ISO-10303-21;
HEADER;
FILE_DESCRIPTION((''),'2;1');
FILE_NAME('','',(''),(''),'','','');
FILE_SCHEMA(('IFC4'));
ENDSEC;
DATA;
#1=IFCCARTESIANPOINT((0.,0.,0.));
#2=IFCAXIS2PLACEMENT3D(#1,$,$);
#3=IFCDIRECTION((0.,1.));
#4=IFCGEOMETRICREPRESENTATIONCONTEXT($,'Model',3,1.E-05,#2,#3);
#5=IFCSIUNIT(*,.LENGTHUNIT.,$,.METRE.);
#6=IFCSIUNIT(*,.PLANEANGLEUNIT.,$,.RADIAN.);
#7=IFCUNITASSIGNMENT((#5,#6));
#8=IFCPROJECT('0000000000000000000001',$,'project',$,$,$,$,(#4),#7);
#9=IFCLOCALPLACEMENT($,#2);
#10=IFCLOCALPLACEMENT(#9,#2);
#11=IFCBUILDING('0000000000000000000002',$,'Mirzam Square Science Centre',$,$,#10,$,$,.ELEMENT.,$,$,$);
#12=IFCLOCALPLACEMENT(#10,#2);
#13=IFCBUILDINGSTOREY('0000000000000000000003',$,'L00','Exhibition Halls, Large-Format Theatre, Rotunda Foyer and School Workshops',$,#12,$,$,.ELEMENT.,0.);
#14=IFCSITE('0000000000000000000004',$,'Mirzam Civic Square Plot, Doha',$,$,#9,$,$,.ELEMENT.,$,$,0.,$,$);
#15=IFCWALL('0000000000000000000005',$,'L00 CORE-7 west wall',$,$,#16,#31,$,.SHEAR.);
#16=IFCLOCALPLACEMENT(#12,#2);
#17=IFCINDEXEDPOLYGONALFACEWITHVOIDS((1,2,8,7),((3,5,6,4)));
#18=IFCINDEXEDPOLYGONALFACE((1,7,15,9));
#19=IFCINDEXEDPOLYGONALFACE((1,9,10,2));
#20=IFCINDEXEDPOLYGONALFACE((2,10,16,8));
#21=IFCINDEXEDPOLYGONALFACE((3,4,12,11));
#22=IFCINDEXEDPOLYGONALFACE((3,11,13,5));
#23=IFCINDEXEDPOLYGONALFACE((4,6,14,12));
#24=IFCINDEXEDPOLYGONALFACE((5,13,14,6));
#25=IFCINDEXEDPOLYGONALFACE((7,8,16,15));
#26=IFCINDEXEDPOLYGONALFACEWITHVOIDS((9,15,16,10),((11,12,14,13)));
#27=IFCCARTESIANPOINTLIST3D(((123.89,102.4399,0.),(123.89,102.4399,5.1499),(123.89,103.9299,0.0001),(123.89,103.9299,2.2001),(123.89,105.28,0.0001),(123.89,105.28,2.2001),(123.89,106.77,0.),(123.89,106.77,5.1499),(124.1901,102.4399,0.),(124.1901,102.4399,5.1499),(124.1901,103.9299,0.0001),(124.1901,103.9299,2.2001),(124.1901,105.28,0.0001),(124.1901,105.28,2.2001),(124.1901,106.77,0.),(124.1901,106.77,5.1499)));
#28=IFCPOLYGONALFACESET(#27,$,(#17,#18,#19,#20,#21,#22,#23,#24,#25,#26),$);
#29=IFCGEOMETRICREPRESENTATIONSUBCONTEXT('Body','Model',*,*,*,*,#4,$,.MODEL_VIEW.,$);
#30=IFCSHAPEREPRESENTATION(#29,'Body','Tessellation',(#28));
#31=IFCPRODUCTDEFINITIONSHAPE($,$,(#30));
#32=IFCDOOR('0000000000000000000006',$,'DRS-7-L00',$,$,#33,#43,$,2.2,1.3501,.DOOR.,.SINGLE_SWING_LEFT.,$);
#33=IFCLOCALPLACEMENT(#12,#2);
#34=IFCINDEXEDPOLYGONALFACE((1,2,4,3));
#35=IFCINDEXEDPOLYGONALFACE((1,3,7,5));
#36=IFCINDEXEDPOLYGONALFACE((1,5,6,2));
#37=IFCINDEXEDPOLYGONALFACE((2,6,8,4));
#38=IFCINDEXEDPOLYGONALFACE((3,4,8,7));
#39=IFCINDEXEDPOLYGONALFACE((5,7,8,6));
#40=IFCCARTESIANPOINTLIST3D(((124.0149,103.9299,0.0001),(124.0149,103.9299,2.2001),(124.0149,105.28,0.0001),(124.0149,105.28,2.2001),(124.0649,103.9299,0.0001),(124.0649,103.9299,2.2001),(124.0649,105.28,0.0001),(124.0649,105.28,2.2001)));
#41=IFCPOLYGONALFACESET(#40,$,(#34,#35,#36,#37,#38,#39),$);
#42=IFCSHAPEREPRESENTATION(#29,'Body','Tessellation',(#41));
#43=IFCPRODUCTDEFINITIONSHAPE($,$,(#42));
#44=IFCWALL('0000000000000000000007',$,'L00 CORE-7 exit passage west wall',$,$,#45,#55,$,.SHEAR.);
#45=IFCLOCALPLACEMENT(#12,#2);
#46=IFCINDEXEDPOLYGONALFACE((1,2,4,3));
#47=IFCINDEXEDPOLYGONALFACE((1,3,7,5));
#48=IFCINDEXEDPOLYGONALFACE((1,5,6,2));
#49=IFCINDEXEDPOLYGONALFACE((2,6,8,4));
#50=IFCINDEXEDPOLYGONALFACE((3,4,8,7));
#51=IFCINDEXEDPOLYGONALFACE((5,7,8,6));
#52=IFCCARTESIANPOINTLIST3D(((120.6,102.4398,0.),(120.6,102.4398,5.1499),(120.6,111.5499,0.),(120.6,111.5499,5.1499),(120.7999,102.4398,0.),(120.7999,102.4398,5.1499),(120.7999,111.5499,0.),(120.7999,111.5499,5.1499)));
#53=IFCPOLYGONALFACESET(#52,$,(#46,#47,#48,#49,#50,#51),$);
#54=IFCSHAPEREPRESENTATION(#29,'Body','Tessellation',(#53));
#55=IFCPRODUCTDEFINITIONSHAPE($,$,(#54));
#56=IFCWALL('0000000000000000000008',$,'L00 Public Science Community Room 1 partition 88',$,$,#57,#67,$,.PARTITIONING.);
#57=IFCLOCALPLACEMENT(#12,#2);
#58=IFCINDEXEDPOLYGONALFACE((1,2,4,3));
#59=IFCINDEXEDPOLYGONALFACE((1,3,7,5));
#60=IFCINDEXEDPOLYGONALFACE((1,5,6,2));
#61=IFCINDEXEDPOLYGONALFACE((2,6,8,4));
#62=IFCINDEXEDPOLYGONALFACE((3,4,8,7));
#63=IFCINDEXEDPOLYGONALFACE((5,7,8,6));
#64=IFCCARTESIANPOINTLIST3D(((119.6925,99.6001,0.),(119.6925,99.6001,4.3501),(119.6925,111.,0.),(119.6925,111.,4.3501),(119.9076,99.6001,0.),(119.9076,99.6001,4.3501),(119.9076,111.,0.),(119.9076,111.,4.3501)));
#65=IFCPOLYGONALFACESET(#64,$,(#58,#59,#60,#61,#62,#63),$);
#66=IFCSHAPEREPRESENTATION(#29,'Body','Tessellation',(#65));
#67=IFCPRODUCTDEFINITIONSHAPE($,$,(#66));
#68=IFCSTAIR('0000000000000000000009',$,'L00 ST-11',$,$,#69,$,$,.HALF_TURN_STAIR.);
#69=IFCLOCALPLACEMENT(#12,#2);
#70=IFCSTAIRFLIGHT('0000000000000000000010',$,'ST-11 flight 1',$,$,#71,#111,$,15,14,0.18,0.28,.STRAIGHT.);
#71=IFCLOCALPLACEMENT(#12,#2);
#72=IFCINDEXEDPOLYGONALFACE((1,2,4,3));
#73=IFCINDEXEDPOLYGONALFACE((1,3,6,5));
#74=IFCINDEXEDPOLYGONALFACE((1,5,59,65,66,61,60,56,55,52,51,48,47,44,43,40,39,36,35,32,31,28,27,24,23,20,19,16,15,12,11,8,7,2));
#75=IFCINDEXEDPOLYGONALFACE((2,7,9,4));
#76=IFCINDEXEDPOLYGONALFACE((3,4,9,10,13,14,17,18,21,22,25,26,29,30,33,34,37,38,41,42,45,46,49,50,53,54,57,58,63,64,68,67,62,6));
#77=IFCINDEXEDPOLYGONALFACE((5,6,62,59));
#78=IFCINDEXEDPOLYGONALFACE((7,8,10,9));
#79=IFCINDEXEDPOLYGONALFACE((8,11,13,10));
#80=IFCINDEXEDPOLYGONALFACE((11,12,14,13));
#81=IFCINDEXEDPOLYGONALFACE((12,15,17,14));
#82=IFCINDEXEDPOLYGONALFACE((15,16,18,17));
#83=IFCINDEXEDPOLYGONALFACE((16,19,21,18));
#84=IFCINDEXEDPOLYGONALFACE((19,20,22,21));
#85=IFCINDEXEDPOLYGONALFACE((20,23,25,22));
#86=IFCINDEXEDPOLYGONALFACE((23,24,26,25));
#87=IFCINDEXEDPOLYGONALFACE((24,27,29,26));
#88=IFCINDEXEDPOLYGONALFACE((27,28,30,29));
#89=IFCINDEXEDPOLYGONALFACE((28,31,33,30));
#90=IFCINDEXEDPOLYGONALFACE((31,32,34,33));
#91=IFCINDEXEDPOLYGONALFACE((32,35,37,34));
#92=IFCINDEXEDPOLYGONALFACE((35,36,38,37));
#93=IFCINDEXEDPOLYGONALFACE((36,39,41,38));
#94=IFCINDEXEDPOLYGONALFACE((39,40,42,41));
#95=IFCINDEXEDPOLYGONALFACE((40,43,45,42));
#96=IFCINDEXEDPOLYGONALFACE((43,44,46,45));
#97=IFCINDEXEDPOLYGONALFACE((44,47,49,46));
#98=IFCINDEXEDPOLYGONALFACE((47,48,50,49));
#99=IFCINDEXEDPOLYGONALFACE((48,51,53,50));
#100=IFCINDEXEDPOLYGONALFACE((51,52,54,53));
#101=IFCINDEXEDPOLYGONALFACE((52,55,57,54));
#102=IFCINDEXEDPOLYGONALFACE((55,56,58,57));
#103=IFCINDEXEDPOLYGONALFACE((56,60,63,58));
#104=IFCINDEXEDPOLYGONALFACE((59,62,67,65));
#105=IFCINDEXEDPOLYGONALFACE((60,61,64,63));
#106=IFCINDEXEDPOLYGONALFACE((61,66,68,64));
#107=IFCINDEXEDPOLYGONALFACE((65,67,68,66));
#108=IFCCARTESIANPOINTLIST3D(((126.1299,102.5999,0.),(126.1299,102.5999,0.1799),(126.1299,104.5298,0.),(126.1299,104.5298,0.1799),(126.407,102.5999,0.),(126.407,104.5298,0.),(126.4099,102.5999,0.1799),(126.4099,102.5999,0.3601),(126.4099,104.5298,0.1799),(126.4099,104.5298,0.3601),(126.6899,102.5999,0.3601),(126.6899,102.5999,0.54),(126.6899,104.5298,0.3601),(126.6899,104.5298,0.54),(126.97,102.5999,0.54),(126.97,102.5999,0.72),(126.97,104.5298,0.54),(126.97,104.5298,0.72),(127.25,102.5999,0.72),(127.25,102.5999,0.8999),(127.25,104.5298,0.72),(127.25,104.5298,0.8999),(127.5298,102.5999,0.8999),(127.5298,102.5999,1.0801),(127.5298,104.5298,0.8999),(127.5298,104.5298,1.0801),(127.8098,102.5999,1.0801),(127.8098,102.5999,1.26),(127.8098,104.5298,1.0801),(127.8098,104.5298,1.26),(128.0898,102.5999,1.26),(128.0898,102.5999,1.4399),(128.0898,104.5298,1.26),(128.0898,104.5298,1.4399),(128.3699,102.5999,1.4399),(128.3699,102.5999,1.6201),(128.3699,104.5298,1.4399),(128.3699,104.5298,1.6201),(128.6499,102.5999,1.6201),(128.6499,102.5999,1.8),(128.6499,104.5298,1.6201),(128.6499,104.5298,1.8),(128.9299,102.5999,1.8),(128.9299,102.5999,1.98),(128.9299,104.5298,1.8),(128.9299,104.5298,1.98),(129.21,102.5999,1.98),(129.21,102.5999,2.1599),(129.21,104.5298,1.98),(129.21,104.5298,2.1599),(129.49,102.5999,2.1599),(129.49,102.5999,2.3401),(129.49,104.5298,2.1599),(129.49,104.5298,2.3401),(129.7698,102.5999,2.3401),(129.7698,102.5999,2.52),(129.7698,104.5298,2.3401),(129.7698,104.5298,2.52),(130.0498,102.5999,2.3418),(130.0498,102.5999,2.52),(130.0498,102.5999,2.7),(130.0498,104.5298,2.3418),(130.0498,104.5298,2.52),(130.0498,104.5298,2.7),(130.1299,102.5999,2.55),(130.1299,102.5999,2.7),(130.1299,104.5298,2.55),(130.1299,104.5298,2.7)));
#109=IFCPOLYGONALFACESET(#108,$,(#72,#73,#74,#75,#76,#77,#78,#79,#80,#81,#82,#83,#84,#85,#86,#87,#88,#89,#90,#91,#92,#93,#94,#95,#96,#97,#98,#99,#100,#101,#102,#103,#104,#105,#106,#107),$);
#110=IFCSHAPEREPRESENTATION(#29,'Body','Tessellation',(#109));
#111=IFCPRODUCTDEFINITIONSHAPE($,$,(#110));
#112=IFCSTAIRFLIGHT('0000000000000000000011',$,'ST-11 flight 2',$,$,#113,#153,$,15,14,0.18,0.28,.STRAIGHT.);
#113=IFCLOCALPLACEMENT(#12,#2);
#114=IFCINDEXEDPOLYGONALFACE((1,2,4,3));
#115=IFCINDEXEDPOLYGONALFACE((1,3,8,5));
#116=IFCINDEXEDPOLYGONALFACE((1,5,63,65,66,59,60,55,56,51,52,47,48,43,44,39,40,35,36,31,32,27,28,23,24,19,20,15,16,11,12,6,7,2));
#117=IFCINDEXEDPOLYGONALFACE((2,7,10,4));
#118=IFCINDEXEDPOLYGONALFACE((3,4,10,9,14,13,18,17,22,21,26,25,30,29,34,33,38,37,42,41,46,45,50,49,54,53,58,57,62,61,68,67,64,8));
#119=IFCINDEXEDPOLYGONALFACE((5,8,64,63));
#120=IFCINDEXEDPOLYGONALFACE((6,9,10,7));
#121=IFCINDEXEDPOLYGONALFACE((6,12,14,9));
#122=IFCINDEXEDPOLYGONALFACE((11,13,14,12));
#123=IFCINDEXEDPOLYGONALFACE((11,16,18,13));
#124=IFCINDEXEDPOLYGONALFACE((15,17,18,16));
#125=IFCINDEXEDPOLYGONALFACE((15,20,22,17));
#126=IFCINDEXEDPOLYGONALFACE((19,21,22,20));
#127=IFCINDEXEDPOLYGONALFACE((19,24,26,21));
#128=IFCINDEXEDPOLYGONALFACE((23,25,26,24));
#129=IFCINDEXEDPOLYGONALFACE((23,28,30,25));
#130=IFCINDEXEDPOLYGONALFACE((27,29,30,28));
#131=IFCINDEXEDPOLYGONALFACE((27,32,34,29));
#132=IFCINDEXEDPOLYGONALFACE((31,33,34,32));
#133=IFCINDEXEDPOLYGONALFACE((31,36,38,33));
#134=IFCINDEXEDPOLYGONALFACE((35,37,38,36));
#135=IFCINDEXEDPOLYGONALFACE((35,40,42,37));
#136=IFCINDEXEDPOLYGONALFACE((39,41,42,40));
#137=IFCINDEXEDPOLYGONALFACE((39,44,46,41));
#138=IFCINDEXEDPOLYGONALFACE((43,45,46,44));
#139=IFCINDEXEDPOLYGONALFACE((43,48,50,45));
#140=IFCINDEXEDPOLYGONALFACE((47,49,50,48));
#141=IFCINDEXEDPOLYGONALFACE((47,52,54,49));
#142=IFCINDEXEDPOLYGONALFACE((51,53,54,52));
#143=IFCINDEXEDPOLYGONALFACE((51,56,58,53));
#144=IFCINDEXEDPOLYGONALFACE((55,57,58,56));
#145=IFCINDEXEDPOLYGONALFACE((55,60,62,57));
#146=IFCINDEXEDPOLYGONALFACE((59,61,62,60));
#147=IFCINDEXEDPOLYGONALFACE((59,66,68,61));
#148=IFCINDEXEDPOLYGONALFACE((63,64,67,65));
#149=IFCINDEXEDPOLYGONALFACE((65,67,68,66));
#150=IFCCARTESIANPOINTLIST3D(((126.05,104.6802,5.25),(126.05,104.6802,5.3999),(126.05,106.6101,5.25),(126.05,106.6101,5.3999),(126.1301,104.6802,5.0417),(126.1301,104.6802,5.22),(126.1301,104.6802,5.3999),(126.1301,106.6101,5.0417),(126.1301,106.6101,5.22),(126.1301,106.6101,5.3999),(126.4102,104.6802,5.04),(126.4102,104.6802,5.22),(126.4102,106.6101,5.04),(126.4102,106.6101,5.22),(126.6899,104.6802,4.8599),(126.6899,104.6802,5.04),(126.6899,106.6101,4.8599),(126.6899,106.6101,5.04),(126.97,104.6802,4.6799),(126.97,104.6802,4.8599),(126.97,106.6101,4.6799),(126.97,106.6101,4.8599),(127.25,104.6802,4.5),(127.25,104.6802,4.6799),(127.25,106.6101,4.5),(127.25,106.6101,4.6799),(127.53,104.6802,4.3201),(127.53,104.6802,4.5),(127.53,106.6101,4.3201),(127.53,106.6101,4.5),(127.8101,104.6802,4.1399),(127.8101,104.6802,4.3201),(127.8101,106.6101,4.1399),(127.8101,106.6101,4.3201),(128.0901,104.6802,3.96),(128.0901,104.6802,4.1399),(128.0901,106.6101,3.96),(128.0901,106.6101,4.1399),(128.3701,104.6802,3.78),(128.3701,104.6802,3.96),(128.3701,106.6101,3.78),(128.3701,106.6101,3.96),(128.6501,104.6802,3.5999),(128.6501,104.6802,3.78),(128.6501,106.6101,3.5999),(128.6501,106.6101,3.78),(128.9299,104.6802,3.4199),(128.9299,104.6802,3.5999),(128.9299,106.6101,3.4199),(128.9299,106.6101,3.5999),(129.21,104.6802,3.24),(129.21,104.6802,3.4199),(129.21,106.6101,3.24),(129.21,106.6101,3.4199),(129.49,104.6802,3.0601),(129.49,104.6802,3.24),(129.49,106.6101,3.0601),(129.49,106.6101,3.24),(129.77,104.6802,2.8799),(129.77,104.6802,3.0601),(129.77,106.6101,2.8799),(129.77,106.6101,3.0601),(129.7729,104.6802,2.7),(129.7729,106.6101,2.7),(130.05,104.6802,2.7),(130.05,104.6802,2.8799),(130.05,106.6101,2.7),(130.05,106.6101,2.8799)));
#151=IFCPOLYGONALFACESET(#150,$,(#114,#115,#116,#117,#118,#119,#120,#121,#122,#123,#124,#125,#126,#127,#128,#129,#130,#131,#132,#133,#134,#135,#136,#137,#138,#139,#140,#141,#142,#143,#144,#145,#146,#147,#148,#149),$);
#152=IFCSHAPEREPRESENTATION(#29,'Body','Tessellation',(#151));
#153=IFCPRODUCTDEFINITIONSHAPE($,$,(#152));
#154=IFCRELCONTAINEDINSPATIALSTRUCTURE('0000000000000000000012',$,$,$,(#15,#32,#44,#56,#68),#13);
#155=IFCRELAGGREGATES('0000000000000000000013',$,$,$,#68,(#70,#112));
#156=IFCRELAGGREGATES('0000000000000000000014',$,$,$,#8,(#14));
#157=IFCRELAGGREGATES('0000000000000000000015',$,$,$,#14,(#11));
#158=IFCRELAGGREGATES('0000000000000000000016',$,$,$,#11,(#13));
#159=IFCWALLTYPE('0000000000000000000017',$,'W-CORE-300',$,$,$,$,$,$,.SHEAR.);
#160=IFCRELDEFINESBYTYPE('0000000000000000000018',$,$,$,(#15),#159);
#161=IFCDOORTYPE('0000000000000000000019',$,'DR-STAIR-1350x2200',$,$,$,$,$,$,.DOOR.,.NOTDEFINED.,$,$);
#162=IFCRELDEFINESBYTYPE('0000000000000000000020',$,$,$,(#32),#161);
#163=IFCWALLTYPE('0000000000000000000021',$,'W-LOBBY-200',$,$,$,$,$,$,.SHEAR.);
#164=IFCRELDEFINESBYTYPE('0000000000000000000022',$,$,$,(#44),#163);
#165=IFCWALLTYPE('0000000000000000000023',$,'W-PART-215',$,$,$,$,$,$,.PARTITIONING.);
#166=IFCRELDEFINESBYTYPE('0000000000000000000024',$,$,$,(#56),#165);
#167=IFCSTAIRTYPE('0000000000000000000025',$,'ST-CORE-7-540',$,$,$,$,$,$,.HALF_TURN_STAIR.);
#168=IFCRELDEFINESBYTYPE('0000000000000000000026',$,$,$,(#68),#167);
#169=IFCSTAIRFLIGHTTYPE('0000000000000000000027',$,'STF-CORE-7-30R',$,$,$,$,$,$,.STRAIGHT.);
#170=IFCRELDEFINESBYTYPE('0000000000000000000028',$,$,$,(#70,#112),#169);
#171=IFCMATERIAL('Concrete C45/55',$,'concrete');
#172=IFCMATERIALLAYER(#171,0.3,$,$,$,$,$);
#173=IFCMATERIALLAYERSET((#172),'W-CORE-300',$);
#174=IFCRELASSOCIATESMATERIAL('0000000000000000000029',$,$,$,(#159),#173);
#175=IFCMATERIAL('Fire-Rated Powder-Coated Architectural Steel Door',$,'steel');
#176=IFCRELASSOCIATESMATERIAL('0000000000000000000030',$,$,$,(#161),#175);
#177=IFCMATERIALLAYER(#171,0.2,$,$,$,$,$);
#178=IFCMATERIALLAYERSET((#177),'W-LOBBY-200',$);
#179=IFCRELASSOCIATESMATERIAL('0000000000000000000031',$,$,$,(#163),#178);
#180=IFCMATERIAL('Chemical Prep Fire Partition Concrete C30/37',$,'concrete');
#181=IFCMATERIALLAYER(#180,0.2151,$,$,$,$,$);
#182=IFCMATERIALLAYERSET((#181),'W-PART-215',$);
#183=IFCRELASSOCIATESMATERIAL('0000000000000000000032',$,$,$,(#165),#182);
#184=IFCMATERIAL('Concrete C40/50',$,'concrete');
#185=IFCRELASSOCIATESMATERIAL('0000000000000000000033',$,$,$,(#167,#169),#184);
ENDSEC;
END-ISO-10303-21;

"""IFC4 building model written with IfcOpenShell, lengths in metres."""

from ifc_helpers import new_model, si_unit, direction, frame, frame_2d, origin, place, context, subcontext, project, spatial, polyline, rectangle, outline, extrude, material, layer, layer_set, type_object, element, fill, aggregate, save


model = new_model("IFC4")

# Units and contexts
model_context = context("Model", 3, precision=1e-05, world=origin(), true_north=direction((0.0, 1.0)))
body_context = subcontext(model_context, "Body", "Model", "MODEL_VIEW")
ifc_project = project(units=[si_unit("LENGTHUNIT", "METRE"), si_unit("PLANEANGLEUNIT", "RADIAN")], contexts=[model_context])

# Site, building, storey
site_placement = place(None, origin())
site = spatial("IfcSite", under=ifc_project, at=site_placement, Name="Mirzam Civic Square Plot, Doha", CompositionType="ELEMENT", RefElevation=0.0)
building_placement = place(site_placement, origin())
building = spatial("IfcBuilding", under=site, at=building_placement, Name="Mirzam Square Science Centre", CompositionType="ELEMENT")
storey_placement = place(building_placement, origin())
storey = spatial("IfcBuildingStorey", under=building, at=storey_placement, Name="L00", Description="Exhibition Halls, Large-Format Theatre, Rotunda Foyer and School Workshops", CompositionType="ELEMENT", Elevation=0.0)

# Wall, opening, door
ifc_material_1 = material(Name="Concrete C45/55", Category="concrete")
ifc_layer_1 = layer(ifc_material_1, 0.3)
ifc_layer_set_1 = layer_set([ifc_layer_1], Name="W-CORE-300")
wall_type_1 = type_object("IfcWallType", Name="W-CORE-300", PredefinedType="SHEAR", material=ifc_layer_set_1)
wall_1_placement = place(storey_placement, frame((124.04, 106.77, 0.0), z_axis=(0.0, 0.0, 1.0), x_axis=(0.0, -1.0, 0.0)))
wall_1 = element("IfcWall", 1, at=wall_1_placement, inside=storey, type_object=wall_type_1, Name="L00 CORE-7 west wall", PredefinedType="SHEAR", context=body_context, shape_type="SweptSolid", body=[
    extrude(rectangle(XDim=4.3301, YDim=0.3, at=frame_2d((2.165, 0.0))), origin(), (0.0, 0.0, 1.0), 5.1499),
])
opening_placement = place(wall_1_placement, frame((1.49, 0.0, 0.0)))
opening = element("IfcOpeningElement", 2, at=opening_placement, cuts=wall_1, PredefinedType="OPENING", context=body_context, shape_type="SweptSolid", body=[
    extrude(rectangle(XDim=1.3501, YDim=2.2, at=frame_2d((0.675, 1.1001))), frame((0.0, 0.1599, 0.0), z_axis=(0.0, -1.0, 0.0), x_axis=(1.0, 0.0, 0.0)), (0.0, 0.0, 1.0), 0.3201),
])
ifc_material_2 = material(Name="Fire-Rated Powder-Coated Architectural Steel Door", Category="steel")
door_type = type_object("IfcDoorType", Name="DR-STAIR-1350x2200", OperationType="NOTDEFINED", PredefinedType="DOOR", material=ifc_material_2)
door_placement = place(opening_placement, origin())
door = element("IfcDoor", 3, at=door_placement, inside=storey, type_object=door_type, Name="DRS-7-L00", OperationType="SINGLE_SWING_LEFT", OverallHeight=2.2, OverallWidth=1.3501, PredefinedType="DOOR", context=body_context, shape_type="SweptSolid", body=[
    extrude(rectangle(XDim=1.3501, YDim=2.2, at=frame_2d((0.675, 1.1001))), frame((0.0, 0.0249, 0.0), z_axis=(0.0, -1.0, 0.0), x_axis=(1.0, 0.0, 0.0)), (0.0, 0.0, 1.0), 0.05),
])
fill(opening, door)

# Walls
ifc_layer_2 = layer(ifc_material_1, 0.2)
ifc_layer_set_2 = layer_set([ifc_layer_2], Name="W-LOBBY-200")
wall_type_2 = type_object("IfcWallType", Name="W-LOBBY-200", PredefinedType="SHEAR", material=ifc_layer_set_2)
wall_2_placement = place(storey_placement, frame((120.7, 111.55, 0.0), z_axis=(0.0, 0.0, 1.0), x_axis=(0.0, -1.0, 0.0)))
element("IfcWall", 4, at=wall_2_placement, inside=storey, type_object=wall_type_2, Name="L00 CORE-7 exit passage west wall", PredefinedType="SHEAR", context=body_context, shape_type="SweptSolid", body=[
    extrude(rectangle(XDim=9.1101, YDim=0.2, at=frame_2d((4.5552, 0.0))), origin(), (0.0, 0.0, 1.0), 5.1499),
])
ifc_material_3 = material(Name="Chemical Prep Fire Partition Concrete C30/37", Category="concrete")
ifc_layer_3 = layer(ifc_material_3, 0.2151)
ifc_layer_set_3 = layer_set([ifc_layer_3], Name="W-PART-215")
wall_type_3 = type_object("IfcWallType", Name="W-PART-215", PredefinedType="PARTITIONING", material=ifc_layer_set_3)
wall_3_placement = place(storey_placement, frame((119.8, 111.0, 0.0), z_axis=(0.0, 0.0, 1.0), x_axis=(0.0, -1.0, 0.0)))
element("IfcWall", 5, at=wall_3_placement, inside=storey, type_object=wall_type_3, Name="L00 Public Science Community Room 1 partition 88", PredefinedType="PARTITIONING", context=body_context, shape_type="SweptSolid", body=[
    extrude(rectangle(XDim=11.3999, YDim=0.2151, at=frame_2d((5.7, 0.0))), origin(), (0.0, 0.0, 1.0), 4.3501),
])

# Stair, stair flights
ifc_material_4 = material(Name="Concrete C40/50", Category="concrete")
stair_type = type_object("IfcStairType", Name="ST-CORE-7-540", PredefinedType="HALF_TURN_STAIR", material=ifc_material_4)
stair_placement = place(storey_placement, origin())
stair = element("IfcStair", 6, at=stair_placement, inside=storey, type_object=stair_type, Name="L00 ST-11", PredefinedType="HALF_TURN_STAIR")
stair_flight_type = type_object("IfcStairFlightType", Name="STF-CORE-7-30R", PredefinedType="STRAIGHT", material=ifc_material_4)
stair_flight_1_placement = place(storey_placement, frame((126.1299, 103.5649, 0.0), z_axis=(0.0, 0.0, 1.0), x_axis=(1.0, 0.0, 0.0)))
stair_flight_1 = element("IfcStairFlight", 7, at=stair_flight_1_placement, type_object=stair_flight_type, Name="ST-11 flight 1", NumberOfRisers=15, NumberOfTreads=14, PredefinedType="STRAIGHT", RiserHeight=0.18, TreadLength=0.28, context=body_context, shape_type="SweptSolid", body=[
    extrude(outline(polyline([(0.0, 0.0), (0.0, 0.1799), (0.28, 0.1799), (0.28, 0.3601), (0.5601, 0.3601), (0.5601, 0.54), (0.8401, 0.54), (0.8401, 0.72), (1.1201, 0.72), (1.1201, 0.8999), (1.3999, 0.8999), (1.3999, 1.0801), (1.6799, 1.0801), (1.6799, 1.26), (1.96, 1.26), (1.96, 1.4399), (2.24, 1.4399), (2.24, 1.6201), (2.52, 1.6201), (2.52, 1.8), (2.8, 1.8), (2.8, 1.98), (3.0801, 1.98), (3.0801, 2.1599), (3.3601, 2.1599), (3.3601, 2.3401), (3.6399, 2.3401), (3.6399, 2.52), (3.9199, 2.52), (3.9199, 2.7), (4.0, 2.7), (4.0, 2.55), (3.9199, 2.3418), (0.2771, 0.0), (0.0, 0.0)])), frame((0.0, 0.9648, 0.0), z_axis=(0.0, -1.0, 0.0), x_axis=(1.0, 0.0, 0.0)), (0.0, 0.0, 1.0), 1.9299),
])
stair_flight_2_placement = place(storey_placement, frame((130.05, 105.645, 2.7), z_axis=(0.0, 0.0, 1.0), x_axis=(-1.0, 0.0, 0.0)))
stair_flight_2 = element("IfcStairFlight", 8, at=stair_flight_2_placement, type_object=stair_flight_type, Name="ST-11 flight 2", NumberOfRisers=15, NumberOfTreads=14, PredefinedType="STRAIGHT", RiserHeight=0.18, TreadLength=0.28, context=body_context, shape_type="SweptSolid", body=[
    extrude(outline(polyline([(0.0, 0.0), (0.0, 0.1799), (0.28, 0.1799), (0.28, 0.3601), (0.5601, 0.3601), (0.5601, 0.54), (0.8401, 0.54), (0.8401, 0.72), (1.1201, 0.72), (1.1201, 0.8999), (1.3999, 0.8999), (1.3999, 1.0801), (1.6799, 1.0801), (1.6799, 1.26), (1.96, 1.26), (1.96, 1.4399), (2.24, 1.4399), (2.24, 1.6201), (2.52, 1.6201), (2.52, 1.8), (2.8, 1.8), (2.8, 1.98), (3.0801, 1.98), (3.0801, 2.1599), (3.3601, 2.1599), (3.3601, 2.3401), (3.6399, 2.3401), (3.6399, 2.52), (3.9199, 2.52), (3.9199, 2.7), (4.0, 2.7), (4.0, 2.55), (3.9199, 2.3418), (0.2771, 0.0), (0.0, 0.0)])), frame((0.0, 0.9648, 0.0), z_axis=(0.0, -1.0, 0.0), x_axis=(1.0, 0.0, 0.0)), (0.0, 0.0, 1.0), 1.9299),
])
aggregate(stair, [stair_flight_1, stair_flight_2])

save(model, "model.ifc")
